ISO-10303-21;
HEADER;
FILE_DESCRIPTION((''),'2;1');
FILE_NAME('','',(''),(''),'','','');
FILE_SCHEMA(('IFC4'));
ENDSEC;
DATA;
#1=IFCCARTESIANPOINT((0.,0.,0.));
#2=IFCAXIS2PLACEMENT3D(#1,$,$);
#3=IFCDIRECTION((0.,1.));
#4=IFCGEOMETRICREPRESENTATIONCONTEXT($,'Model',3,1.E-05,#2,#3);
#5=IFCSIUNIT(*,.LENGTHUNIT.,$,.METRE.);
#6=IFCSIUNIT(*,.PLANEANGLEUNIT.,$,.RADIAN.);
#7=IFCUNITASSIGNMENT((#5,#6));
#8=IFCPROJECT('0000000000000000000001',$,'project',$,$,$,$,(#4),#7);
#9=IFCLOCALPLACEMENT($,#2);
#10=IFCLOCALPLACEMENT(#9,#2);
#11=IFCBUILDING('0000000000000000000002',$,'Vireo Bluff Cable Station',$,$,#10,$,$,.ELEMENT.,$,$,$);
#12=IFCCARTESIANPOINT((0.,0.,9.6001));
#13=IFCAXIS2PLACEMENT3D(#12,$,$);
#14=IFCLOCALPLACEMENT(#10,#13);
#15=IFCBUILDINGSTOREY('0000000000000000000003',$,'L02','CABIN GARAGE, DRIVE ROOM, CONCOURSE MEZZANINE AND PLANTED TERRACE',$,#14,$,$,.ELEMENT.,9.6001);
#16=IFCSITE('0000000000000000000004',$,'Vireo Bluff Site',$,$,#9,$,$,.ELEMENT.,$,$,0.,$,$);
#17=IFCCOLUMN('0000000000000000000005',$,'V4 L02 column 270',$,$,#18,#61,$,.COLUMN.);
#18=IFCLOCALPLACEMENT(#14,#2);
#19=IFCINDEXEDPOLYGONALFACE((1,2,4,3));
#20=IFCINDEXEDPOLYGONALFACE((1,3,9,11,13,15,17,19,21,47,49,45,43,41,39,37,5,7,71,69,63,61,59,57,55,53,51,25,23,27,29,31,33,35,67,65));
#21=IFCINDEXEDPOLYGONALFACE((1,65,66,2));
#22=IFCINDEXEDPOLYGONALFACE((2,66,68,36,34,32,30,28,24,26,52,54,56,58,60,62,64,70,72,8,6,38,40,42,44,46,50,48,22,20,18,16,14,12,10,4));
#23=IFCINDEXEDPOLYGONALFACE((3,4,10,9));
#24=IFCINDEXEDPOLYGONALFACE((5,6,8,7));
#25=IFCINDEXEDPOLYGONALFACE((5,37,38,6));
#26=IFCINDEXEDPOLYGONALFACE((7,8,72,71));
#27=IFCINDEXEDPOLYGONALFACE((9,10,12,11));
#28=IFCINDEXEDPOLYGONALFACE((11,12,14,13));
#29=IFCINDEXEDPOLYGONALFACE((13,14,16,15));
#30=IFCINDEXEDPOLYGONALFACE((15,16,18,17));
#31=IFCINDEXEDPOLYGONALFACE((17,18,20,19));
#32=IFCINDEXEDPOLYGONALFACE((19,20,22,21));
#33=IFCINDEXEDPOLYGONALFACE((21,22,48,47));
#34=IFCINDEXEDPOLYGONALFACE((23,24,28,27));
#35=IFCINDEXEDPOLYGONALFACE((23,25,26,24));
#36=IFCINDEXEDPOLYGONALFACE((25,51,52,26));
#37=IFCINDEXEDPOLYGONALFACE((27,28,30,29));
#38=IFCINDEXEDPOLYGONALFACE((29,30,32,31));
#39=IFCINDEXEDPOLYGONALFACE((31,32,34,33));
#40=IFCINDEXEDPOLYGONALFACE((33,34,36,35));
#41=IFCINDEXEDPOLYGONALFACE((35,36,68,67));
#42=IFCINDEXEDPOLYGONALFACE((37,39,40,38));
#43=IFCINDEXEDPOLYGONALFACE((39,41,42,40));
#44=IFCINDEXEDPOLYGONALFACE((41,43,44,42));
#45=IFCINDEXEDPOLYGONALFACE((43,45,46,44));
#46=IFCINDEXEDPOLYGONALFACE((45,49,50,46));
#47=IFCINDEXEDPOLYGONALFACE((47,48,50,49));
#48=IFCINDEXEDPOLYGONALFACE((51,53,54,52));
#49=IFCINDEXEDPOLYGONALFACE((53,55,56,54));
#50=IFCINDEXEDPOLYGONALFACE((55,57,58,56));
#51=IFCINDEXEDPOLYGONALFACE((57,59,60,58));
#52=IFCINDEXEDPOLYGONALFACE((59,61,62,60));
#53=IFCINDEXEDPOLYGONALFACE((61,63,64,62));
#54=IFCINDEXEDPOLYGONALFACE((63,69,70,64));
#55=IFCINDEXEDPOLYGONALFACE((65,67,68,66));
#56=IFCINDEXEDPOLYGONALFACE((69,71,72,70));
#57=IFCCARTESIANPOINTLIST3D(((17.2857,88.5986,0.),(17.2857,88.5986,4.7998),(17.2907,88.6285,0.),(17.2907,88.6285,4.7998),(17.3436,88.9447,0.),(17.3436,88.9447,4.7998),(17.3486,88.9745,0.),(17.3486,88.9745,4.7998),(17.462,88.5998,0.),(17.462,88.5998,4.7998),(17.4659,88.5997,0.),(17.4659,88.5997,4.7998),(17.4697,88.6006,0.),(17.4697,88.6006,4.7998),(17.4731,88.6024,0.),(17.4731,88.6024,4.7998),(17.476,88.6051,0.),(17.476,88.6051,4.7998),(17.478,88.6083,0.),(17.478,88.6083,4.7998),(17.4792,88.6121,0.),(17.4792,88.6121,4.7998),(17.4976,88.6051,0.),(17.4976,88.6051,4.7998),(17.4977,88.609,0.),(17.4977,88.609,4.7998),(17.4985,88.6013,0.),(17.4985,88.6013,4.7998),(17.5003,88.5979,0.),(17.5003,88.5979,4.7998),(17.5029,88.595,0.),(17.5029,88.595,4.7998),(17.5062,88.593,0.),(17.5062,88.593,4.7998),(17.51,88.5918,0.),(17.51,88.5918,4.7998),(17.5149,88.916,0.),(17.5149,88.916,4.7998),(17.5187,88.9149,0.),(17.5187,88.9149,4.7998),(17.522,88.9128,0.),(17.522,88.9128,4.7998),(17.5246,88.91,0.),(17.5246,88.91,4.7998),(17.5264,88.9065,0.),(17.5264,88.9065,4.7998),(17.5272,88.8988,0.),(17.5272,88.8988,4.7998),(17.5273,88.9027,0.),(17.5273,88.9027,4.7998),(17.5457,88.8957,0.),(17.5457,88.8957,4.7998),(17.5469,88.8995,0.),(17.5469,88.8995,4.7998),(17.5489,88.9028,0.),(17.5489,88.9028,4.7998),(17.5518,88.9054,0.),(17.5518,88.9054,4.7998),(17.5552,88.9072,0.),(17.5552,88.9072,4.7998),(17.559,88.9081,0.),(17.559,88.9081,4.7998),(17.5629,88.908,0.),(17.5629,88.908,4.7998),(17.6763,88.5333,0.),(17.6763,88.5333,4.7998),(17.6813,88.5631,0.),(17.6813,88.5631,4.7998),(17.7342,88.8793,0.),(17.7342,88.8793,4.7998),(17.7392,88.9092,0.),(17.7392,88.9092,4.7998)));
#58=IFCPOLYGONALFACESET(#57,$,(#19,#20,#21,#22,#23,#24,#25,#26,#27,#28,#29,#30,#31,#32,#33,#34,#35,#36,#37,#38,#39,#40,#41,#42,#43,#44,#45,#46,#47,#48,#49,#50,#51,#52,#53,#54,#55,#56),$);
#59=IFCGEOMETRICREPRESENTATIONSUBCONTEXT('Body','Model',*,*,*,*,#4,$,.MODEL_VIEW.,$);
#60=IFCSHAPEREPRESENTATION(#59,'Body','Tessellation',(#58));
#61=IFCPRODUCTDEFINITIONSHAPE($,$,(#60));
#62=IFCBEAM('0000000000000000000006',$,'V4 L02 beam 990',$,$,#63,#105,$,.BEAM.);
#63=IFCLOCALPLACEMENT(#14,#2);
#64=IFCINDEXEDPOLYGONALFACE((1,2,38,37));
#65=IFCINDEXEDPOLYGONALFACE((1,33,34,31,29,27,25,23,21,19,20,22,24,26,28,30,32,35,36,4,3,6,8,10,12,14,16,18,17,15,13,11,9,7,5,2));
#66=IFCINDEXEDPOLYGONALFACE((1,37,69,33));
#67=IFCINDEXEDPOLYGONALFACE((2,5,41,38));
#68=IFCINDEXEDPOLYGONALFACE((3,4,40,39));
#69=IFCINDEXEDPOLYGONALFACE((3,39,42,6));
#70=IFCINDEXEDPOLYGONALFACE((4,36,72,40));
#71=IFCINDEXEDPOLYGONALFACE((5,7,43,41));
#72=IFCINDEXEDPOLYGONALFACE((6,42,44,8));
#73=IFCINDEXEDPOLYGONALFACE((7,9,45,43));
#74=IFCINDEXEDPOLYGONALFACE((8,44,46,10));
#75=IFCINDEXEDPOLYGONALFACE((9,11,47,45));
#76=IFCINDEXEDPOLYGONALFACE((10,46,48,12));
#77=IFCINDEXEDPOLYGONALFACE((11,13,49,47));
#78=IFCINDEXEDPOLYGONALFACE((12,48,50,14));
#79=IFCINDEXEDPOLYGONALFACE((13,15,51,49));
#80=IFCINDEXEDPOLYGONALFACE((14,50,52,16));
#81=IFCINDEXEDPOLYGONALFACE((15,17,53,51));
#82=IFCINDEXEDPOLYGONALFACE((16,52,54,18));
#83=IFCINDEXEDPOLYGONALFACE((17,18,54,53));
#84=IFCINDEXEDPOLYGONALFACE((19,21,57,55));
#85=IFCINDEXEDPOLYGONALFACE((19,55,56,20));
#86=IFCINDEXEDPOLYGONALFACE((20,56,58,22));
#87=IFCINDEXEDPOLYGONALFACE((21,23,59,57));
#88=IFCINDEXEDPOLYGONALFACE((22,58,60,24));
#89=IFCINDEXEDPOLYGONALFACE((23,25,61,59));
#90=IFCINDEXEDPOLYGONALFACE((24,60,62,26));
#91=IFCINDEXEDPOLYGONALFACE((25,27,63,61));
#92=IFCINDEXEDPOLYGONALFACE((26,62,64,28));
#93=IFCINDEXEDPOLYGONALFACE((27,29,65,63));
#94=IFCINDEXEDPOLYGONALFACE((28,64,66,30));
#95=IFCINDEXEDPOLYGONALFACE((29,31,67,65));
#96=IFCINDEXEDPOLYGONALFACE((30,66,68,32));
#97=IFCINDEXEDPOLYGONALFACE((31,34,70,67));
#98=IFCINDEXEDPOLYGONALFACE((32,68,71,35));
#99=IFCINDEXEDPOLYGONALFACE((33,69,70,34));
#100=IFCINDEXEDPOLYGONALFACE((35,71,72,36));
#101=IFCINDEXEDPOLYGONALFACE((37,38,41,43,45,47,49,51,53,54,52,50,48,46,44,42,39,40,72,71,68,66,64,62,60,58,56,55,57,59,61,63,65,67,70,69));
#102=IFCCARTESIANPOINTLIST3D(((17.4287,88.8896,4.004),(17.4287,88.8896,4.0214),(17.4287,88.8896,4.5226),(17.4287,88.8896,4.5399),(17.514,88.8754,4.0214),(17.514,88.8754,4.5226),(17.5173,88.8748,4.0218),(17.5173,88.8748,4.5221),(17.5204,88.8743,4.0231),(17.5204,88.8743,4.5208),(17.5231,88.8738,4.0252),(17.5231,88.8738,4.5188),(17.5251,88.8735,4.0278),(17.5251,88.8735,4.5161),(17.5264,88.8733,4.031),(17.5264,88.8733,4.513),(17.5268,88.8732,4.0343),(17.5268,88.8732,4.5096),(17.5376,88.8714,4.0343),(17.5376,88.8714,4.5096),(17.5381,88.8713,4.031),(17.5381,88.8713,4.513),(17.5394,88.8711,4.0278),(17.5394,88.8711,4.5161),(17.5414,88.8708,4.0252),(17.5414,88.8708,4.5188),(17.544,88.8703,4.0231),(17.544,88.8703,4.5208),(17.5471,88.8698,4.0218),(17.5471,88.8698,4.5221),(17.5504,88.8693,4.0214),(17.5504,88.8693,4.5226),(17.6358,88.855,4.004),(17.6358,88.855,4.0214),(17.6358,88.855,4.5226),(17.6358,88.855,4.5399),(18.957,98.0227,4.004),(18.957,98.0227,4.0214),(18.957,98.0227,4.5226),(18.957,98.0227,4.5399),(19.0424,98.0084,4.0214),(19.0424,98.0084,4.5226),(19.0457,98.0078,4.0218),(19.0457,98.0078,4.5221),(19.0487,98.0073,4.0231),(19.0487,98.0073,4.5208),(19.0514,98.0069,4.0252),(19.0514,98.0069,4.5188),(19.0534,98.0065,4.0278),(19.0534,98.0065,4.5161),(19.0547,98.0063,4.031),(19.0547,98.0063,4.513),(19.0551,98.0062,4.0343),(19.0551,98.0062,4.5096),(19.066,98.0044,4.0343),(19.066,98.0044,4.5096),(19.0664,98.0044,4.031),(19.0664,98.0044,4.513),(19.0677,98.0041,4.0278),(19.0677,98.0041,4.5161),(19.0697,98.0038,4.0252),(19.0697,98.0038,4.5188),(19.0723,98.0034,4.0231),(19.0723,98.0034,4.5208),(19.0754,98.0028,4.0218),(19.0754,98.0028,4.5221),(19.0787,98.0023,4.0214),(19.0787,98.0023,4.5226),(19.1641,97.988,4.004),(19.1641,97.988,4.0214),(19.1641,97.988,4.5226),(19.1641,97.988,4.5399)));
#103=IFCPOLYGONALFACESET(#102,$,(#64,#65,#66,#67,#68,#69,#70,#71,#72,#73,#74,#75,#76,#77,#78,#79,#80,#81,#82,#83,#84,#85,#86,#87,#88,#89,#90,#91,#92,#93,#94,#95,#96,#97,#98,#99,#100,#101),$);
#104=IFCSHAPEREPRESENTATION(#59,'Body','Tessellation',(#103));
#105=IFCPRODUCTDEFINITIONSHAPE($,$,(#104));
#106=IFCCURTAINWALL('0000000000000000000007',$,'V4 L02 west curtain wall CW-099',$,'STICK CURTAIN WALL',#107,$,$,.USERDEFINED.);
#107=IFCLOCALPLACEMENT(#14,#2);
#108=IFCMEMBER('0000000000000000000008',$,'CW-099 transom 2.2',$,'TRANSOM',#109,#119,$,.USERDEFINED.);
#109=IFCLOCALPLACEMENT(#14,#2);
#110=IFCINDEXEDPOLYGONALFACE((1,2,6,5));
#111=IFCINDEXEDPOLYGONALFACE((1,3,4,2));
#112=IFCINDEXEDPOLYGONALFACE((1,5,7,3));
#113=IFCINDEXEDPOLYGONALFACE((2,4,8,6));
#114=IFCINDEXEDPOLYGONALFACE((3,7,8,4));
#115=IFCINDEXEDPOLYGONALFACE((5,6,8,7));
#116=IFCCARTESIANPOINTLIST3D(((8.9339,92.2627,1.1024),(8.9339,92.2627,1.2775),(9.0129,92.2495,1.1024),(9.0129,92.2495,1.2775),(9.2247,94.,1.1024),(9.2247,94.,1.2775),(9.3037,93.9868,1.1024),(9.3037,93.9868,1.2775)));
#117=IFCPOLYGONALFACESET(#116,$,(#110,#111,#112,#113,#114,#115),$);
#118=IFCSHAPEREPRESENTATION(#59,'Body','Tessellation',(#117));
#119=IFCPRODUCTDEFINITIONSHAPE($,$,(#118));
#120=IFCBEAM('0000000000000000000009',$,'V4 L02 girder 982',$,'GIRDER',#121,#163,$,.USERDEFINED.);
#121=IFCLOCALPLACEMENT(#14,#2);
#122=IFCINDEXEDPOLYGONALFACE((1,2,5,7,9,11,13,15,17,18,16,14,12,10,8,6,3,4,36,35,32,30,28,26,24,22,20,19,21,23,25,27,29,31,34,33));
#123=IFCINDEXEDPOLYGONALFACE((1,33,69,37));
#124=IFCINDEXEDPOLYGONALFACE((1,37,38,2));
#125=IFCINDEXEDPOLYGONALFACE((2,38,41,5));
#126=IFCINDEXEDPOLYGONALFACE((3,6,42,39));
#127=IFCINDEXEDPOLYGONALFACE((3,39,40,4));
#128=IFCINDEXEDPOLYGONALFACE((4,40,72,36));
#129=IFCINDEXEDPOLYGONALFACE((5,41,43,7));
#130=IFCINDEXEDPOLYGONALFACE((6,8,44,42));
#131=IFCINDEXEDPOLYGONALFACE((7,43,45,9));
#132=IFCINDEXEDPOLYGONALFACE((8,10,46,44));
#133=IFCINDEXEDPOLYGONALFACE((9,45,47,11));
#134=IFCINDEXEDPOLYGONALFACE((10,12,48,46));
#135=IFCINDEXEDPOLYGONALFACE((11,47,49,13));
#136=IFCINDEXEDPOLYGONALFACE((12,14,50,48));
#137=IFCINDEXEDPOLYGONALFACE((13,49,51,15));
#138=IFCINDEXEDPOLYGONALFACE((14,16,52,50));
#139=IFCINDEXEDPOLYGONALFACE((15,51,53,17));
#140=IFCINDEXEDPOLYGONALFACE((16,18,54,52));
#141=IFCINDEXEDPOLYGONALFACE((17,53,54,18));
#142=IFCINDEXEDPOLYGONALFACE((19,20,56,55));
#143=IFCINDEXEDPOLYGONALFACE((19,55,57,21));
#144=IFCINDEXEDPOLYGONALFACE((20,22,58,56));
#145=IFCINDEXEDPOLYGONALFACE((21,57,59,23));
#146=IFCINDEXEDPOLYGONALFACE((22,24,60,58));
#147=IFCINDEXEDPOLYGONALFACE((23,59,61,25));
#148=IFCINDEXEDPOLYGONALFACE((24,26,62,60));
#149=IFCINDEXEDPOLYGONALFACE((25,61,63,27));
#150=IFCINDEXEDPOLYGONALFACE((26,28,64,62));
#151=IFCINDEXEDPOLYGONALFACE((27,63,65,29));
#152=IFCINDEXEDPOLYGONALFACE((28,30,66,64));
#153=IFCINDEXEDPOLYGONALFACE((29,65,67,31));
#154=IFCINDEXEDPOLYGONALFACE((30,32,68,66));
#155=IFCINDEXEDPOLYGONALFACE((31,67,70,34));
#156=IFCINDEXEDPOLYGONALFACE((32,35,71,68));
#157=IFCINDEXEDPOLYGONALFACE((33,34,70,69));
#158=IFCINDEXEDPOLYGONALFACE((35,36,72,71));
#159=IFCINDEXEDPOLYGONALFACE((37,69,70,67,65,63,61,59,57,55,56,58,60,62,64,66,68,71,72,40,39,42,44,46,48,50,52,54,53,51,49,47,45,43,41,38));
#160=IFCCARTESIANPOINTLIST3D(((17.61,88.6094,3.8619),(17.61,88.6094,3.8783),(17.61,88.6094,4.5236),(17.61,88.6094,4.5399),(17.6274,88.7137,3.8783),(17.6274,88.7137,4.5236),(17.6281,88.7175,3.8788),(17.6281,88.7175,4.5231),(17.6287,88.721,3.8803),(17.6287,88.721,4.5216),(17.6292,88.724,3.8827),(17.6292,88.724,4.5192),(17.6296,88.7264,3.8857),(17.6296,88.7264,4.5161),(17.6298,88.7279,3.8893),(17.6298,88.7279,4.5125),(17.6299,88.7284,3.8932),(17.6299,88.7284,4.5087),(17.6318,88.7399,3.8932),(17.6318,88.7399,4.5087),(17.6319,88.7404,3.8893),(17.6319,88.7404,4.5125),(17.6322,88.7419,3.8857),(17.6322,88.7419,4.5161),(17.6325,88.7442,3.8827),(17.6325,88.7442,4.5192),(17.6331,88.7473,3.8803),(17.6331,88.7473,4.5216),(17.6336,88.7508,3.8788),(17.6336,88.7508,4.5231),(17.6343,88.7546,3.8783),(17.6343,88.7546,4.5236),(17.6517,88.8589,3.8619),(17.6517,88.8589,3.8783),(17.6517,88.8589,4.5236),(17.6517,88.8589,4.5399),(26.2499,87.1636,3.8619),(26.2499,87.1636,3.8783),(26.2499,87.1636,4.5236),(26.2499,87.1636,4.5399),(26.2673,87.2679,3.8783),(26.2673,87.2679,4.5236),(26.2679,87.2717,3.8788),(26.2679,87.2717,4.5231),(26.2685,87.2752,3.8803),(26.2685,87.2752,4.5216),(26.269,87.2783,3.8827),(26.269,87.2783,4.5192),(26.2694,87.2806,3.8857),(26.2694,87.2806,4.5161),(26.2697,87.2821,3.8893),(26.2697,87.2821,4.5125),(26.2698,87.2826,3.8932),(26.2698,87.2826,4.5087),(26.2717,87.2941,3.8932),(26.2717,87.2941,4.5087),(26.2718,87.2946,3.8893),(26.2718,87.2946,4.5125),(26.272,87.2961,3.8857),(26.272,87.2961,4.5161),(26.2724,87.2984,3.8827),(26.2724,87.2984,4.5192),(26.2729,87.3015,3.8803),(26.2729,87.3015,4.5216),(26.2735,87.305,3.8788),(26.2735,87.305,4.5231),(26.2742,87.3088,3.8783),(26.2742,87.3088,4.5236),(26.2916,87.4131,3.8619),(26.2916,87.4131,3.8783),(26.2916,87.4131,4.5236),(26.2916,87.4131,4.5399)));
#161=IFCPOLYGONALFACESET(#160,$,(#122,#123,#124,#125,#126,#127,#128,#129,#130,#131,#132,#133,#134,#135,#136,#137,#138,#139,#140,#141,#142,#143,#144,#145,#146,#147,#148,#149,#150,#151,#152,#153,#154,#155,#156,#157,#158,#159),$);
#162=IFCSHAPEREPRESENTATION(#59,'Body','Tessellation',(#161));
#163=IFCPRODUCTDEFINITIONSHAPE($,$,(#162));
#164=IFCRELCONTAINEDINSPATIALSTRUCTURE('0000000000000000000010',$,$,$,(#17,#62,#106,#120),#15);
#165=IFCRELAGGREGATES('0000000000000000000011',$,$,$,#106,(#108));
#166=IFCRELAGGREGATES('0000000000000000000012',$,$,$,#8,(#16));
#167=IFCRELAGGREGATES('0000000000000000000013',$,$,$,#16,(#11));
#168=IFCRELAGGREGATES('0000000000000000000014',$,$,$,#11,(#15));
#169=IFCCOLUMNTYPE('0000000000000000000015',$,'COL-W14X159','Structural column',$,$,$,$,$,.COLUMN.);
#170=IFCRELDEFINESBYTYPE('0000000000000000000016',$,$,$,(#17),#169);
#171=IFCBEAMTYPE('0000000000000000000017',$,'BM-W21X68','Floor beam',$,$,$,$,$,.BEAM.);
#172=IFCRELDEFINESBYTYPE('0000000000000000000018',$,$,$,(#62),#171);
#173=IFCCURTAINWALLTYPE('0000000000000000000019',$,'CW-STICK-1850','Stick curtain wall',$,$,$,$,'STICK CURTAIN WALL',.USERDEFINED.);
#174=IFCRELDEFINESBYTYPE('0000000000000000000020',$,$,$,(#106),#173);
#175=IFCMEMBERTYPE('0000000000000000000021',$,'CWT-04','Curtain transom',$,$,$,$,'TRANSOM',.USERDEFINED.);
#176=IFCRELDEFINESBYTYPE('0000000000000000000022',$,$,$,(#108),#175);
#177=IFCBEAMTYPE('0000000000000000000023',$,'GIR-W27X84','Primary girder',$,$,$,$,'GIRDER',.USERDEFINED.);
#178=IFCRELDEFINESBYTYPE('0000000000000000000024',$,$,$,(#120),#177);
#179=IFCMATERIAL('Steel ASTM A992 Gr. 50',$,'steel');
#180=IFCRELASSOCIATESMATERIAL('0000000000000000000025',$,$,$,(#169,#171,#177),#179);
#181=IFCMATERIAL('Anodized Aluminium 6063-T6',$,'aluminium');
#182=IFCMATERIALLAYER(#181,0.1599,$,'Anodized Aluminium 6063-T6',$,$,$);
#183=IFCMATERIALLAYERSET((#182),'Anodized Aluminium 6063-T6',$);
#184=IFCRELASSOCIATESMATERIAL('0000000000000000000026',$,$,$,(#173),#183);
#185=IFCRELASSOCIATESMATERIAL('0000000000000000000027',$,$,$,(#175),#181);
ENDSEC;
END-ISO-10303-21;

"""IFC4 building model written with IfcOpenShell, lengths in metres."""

from ifc_helpers import new_model, si_unit, direction, frame, origin, origin_2d, place, context, subcontext, project, spatial, rectangle, i_section, extrude, material, layer, layer_set, material_profile, profile_set, type_object, element, aggregate, save


model = new_model("IFC4")

# Units and contexts
model_context = context("Model", 3, precision=1e-05, world=origin(), true_north=direction((0.0, 1.0)))
body_context = subcontext(model_context, "Body", "Model", "MODEL_VIEW")
ifc_project = project(units=[si_unit("LENGTHUNIT", "METRE"), si_unit("PLANEANGLEUNIT", "RADIAN")], contexts=[model_context])

# Site, building, storey
site_placement = place(None, origin())
site = spatial("IfcSite", under=ifc_project, at=site_placement, Name="Vireo Bluff Site", CompositionType="ELEMENT", RefElevation=0.0)
building_placement = place(site_placement, origin())
building = spatial("IfcBuilding", under=site, at=building_placement, Name="Vireo Bluff Cable Station", CompositionType="ELEMENT")
storey_placement = place(building_placement, frame((0.0, 0.0, 9.6001)))
storey = spatial("IfcBuildingStorey", under=building, at=storey_placement, Name="L02", Description="CABIN GARAGE, DRIVE ROOM, CONCOURSE MEZZANINE AND PLANTED TERRACE", CompositionType="ELEMENT", Elevation=9.6001)

# Column
ifc_material_1 = material(Name="Steel ASTM A992 Gr. 50", Category="steel")
ifc_material_profile_1 = material_profile(ifc_material_1, i_section(OverallWidth=0.396, OverallDepth=0.3811, WebThickness=0.0188, FlangeThickness=0.0303, FilletRadius=0.0149, at=origin_2d()), Name="W14X159")
ifc_profile_set_1 = profile_set([ifc_material_profile_1], Name="Steel ASTM A992 Gr. 50")
column_type = type_object("IfcColumnType", Name="COL-W14X159", Description="Structural column", PredefinedType="COLUMN", material=ifc_profile_set_1)
column_placement = place(storey_placement, frame((17.5125, 88.7539, 0.0), z_axis=(0.0, 0.0, 1.0), x_axis=(0.986286, -0.165048, 0.0)))
element("IfcColumn", 1, at=column_placement, inside=storey, type_object=column_type, Name="V4 L02 column 270", PredefinedType="COLUMN", context=body_context, shape_type="SweptSolid", body=[
    extrude(i_section(OverallWidth=0.396, OverallDepth=0.3811, WebThickness=0.0188, FlangeThickness=0.0303, FilletRadius=0.0149, at=origin_2d()), origin(), (0.0, 0.0, 1.0), 4.7998),
])

# Beam
ifc_material_profile_2 = material_profile(ifc_material_1, i_section(OverallWidth=0.21, OverallDepth=0.5359, WebThickness=0.011, FlangeThickness=0.0173, FilletRadius=0.0129, at=origin_2d()), Name="W21X68")
ifc_profile_set_2 = profile_set([ifc_material_profile_2], Name="Steel ASTM A992 Gr. 50")
beam_type_1 = type_object("IfcBeamType", Name="BM-W21X68", Description="Floor beam", PredefinedType="BEAM", material=ifc_profile_set_2)
beam_1_placement = place(storey_placement, frame((17.5322, 88.8723, 4.272), z_axis=(0.165045, 0.986286, 0.0), x_axis=(-0.986286, 0.165045, 0.0)))
element("IfcBeam", 2, at=beam_1_placement, inside=storey, type_object=beam_type_1, Name="V4 L02 beam 990", PredefinedType="BEAM", context=body_context, shape_type="SweptSolid", body=[
    extrude(i_section(OverallWidth=0.21, OverallDepth=0.5359, WebThickness=0.011, FlangeThickness=0.0173, FilletRadius=0.0129, at=origin_2d()), origin(), (0.0, 0.0, 1.0), 9.26),
])

# Curtain wall, member
ifc_material_2 = material(Name="Anodized Aluminium 6063-T6", Category="aluminium")
ifc_layer_1 = layer(ifc_material_2, 0.1599, Name="Anodized Aluminium 6063-T6")
ifc_layer_set_1 = layer_set([ifc_layer_1], Name="Anodized Aluminium 6063-T6")
curtain_wall_type = type_object("IfcCurtainWallType", Name="CW-STICK-1850", Description="Stick curtain wall", ElementType="STICK CURTAIN WALL", PredefinedType="USERDEFINED", material=ifc_layer_set_1)
curtain_wall_placement = place(storey_placement, origin())
curtain_wall = element("IfcCurtainWall", 3, at=curtain_wall_placement, inside=storey, type_object=curtain_wall_type, Name="V4 L02 west curtain wall CW-099", ObjectType="STICK CURTAIN WALL", PredefinedType="USERDEFINED")
ifc_material_profile_3 = material_profile(ifc_material_2, rectangle(XDim=0.0801, YDim=0.175, at=origin_2d()), Name="ALU-T-80X175")
ifc_profile_set_3 = profile_set([ifc_material_profile_3], Name="Anodized Aluminium 6063-T6")
member_type = type_object("IfcMemberType", Name="CWT-04", Description="Curtain transom", ElementType="TRANSOM", PredefinedType="USERDEFINED", material=ifc_profile_set_3)
member_placement = place(storey_placement, frame((8.9734, 92.2561, 1.1899), z_axis=(0.165073, 0.986281, 0.0), x_axis=(-0.986281, 0.165073, 0.0)))
member = element("IfcMember", 4, at=member_placement, type_object=member_type, Name="CW-099 transom 2.2", ObjectType="TRANSOM", PredefinedType="USERDEFINED", context=body_context, shape_type="SweptSolid", body=[
    extrude(rectangle(XDim=0.0801, YDim=0.175, at=origin_2d()), origin(), (0.0, 0.0, 1.0), 1.7615),
])
aggregate(curtain_wall, [member])

# Beam
ifc_material_profile_4 = material_profile(ifc_material_1, i_section(OverallWidth=0.2529, OverallDepth=0.678, WebThickness=0.0117, FlangeThickness=0.0164, FilletRadius=0.0149, at=origin_2d()), Name="W27X84")
ifc_profile_set_4 = profile_set([ifc_material_profile_4], Name="Steel ASTM A992 Gr. 50")
beam_type_2 = type_object("IfcBeamType", Name="GIR-W27X84", Description="Primary girder", ElementType="GIRDER", PredefinedType="USERDEFINED", material=ifc_profile_set_4)
beam_2_placement = place(storey_placement, frame((17.6309, 88.7341, 4.2009), z_axis=(0.986286, -0.165045, 0.0), x_axis=(0.165045, 0.986286, 0.0)))
element("IfcBeam", 5, at=beam_2_placement, inside=storey, type_object=beam_type_2, Name="V4 L02 girder 982", ObjectType="GIRDER", PredefinedType="USERDEFINED", context=body_context, shape_type="SweptSolid", body=[
    extrude(i_section(OverallWidth=0.2529, OverallDepth=0.678, WebThickness=0.0117, FlangeThickness=0.0164, FilletRadius=0.0149, at=origin_2d()), origin(), (0.0, 0.0, 1.0), 8.76),
])

save(model, "model.ifc")
